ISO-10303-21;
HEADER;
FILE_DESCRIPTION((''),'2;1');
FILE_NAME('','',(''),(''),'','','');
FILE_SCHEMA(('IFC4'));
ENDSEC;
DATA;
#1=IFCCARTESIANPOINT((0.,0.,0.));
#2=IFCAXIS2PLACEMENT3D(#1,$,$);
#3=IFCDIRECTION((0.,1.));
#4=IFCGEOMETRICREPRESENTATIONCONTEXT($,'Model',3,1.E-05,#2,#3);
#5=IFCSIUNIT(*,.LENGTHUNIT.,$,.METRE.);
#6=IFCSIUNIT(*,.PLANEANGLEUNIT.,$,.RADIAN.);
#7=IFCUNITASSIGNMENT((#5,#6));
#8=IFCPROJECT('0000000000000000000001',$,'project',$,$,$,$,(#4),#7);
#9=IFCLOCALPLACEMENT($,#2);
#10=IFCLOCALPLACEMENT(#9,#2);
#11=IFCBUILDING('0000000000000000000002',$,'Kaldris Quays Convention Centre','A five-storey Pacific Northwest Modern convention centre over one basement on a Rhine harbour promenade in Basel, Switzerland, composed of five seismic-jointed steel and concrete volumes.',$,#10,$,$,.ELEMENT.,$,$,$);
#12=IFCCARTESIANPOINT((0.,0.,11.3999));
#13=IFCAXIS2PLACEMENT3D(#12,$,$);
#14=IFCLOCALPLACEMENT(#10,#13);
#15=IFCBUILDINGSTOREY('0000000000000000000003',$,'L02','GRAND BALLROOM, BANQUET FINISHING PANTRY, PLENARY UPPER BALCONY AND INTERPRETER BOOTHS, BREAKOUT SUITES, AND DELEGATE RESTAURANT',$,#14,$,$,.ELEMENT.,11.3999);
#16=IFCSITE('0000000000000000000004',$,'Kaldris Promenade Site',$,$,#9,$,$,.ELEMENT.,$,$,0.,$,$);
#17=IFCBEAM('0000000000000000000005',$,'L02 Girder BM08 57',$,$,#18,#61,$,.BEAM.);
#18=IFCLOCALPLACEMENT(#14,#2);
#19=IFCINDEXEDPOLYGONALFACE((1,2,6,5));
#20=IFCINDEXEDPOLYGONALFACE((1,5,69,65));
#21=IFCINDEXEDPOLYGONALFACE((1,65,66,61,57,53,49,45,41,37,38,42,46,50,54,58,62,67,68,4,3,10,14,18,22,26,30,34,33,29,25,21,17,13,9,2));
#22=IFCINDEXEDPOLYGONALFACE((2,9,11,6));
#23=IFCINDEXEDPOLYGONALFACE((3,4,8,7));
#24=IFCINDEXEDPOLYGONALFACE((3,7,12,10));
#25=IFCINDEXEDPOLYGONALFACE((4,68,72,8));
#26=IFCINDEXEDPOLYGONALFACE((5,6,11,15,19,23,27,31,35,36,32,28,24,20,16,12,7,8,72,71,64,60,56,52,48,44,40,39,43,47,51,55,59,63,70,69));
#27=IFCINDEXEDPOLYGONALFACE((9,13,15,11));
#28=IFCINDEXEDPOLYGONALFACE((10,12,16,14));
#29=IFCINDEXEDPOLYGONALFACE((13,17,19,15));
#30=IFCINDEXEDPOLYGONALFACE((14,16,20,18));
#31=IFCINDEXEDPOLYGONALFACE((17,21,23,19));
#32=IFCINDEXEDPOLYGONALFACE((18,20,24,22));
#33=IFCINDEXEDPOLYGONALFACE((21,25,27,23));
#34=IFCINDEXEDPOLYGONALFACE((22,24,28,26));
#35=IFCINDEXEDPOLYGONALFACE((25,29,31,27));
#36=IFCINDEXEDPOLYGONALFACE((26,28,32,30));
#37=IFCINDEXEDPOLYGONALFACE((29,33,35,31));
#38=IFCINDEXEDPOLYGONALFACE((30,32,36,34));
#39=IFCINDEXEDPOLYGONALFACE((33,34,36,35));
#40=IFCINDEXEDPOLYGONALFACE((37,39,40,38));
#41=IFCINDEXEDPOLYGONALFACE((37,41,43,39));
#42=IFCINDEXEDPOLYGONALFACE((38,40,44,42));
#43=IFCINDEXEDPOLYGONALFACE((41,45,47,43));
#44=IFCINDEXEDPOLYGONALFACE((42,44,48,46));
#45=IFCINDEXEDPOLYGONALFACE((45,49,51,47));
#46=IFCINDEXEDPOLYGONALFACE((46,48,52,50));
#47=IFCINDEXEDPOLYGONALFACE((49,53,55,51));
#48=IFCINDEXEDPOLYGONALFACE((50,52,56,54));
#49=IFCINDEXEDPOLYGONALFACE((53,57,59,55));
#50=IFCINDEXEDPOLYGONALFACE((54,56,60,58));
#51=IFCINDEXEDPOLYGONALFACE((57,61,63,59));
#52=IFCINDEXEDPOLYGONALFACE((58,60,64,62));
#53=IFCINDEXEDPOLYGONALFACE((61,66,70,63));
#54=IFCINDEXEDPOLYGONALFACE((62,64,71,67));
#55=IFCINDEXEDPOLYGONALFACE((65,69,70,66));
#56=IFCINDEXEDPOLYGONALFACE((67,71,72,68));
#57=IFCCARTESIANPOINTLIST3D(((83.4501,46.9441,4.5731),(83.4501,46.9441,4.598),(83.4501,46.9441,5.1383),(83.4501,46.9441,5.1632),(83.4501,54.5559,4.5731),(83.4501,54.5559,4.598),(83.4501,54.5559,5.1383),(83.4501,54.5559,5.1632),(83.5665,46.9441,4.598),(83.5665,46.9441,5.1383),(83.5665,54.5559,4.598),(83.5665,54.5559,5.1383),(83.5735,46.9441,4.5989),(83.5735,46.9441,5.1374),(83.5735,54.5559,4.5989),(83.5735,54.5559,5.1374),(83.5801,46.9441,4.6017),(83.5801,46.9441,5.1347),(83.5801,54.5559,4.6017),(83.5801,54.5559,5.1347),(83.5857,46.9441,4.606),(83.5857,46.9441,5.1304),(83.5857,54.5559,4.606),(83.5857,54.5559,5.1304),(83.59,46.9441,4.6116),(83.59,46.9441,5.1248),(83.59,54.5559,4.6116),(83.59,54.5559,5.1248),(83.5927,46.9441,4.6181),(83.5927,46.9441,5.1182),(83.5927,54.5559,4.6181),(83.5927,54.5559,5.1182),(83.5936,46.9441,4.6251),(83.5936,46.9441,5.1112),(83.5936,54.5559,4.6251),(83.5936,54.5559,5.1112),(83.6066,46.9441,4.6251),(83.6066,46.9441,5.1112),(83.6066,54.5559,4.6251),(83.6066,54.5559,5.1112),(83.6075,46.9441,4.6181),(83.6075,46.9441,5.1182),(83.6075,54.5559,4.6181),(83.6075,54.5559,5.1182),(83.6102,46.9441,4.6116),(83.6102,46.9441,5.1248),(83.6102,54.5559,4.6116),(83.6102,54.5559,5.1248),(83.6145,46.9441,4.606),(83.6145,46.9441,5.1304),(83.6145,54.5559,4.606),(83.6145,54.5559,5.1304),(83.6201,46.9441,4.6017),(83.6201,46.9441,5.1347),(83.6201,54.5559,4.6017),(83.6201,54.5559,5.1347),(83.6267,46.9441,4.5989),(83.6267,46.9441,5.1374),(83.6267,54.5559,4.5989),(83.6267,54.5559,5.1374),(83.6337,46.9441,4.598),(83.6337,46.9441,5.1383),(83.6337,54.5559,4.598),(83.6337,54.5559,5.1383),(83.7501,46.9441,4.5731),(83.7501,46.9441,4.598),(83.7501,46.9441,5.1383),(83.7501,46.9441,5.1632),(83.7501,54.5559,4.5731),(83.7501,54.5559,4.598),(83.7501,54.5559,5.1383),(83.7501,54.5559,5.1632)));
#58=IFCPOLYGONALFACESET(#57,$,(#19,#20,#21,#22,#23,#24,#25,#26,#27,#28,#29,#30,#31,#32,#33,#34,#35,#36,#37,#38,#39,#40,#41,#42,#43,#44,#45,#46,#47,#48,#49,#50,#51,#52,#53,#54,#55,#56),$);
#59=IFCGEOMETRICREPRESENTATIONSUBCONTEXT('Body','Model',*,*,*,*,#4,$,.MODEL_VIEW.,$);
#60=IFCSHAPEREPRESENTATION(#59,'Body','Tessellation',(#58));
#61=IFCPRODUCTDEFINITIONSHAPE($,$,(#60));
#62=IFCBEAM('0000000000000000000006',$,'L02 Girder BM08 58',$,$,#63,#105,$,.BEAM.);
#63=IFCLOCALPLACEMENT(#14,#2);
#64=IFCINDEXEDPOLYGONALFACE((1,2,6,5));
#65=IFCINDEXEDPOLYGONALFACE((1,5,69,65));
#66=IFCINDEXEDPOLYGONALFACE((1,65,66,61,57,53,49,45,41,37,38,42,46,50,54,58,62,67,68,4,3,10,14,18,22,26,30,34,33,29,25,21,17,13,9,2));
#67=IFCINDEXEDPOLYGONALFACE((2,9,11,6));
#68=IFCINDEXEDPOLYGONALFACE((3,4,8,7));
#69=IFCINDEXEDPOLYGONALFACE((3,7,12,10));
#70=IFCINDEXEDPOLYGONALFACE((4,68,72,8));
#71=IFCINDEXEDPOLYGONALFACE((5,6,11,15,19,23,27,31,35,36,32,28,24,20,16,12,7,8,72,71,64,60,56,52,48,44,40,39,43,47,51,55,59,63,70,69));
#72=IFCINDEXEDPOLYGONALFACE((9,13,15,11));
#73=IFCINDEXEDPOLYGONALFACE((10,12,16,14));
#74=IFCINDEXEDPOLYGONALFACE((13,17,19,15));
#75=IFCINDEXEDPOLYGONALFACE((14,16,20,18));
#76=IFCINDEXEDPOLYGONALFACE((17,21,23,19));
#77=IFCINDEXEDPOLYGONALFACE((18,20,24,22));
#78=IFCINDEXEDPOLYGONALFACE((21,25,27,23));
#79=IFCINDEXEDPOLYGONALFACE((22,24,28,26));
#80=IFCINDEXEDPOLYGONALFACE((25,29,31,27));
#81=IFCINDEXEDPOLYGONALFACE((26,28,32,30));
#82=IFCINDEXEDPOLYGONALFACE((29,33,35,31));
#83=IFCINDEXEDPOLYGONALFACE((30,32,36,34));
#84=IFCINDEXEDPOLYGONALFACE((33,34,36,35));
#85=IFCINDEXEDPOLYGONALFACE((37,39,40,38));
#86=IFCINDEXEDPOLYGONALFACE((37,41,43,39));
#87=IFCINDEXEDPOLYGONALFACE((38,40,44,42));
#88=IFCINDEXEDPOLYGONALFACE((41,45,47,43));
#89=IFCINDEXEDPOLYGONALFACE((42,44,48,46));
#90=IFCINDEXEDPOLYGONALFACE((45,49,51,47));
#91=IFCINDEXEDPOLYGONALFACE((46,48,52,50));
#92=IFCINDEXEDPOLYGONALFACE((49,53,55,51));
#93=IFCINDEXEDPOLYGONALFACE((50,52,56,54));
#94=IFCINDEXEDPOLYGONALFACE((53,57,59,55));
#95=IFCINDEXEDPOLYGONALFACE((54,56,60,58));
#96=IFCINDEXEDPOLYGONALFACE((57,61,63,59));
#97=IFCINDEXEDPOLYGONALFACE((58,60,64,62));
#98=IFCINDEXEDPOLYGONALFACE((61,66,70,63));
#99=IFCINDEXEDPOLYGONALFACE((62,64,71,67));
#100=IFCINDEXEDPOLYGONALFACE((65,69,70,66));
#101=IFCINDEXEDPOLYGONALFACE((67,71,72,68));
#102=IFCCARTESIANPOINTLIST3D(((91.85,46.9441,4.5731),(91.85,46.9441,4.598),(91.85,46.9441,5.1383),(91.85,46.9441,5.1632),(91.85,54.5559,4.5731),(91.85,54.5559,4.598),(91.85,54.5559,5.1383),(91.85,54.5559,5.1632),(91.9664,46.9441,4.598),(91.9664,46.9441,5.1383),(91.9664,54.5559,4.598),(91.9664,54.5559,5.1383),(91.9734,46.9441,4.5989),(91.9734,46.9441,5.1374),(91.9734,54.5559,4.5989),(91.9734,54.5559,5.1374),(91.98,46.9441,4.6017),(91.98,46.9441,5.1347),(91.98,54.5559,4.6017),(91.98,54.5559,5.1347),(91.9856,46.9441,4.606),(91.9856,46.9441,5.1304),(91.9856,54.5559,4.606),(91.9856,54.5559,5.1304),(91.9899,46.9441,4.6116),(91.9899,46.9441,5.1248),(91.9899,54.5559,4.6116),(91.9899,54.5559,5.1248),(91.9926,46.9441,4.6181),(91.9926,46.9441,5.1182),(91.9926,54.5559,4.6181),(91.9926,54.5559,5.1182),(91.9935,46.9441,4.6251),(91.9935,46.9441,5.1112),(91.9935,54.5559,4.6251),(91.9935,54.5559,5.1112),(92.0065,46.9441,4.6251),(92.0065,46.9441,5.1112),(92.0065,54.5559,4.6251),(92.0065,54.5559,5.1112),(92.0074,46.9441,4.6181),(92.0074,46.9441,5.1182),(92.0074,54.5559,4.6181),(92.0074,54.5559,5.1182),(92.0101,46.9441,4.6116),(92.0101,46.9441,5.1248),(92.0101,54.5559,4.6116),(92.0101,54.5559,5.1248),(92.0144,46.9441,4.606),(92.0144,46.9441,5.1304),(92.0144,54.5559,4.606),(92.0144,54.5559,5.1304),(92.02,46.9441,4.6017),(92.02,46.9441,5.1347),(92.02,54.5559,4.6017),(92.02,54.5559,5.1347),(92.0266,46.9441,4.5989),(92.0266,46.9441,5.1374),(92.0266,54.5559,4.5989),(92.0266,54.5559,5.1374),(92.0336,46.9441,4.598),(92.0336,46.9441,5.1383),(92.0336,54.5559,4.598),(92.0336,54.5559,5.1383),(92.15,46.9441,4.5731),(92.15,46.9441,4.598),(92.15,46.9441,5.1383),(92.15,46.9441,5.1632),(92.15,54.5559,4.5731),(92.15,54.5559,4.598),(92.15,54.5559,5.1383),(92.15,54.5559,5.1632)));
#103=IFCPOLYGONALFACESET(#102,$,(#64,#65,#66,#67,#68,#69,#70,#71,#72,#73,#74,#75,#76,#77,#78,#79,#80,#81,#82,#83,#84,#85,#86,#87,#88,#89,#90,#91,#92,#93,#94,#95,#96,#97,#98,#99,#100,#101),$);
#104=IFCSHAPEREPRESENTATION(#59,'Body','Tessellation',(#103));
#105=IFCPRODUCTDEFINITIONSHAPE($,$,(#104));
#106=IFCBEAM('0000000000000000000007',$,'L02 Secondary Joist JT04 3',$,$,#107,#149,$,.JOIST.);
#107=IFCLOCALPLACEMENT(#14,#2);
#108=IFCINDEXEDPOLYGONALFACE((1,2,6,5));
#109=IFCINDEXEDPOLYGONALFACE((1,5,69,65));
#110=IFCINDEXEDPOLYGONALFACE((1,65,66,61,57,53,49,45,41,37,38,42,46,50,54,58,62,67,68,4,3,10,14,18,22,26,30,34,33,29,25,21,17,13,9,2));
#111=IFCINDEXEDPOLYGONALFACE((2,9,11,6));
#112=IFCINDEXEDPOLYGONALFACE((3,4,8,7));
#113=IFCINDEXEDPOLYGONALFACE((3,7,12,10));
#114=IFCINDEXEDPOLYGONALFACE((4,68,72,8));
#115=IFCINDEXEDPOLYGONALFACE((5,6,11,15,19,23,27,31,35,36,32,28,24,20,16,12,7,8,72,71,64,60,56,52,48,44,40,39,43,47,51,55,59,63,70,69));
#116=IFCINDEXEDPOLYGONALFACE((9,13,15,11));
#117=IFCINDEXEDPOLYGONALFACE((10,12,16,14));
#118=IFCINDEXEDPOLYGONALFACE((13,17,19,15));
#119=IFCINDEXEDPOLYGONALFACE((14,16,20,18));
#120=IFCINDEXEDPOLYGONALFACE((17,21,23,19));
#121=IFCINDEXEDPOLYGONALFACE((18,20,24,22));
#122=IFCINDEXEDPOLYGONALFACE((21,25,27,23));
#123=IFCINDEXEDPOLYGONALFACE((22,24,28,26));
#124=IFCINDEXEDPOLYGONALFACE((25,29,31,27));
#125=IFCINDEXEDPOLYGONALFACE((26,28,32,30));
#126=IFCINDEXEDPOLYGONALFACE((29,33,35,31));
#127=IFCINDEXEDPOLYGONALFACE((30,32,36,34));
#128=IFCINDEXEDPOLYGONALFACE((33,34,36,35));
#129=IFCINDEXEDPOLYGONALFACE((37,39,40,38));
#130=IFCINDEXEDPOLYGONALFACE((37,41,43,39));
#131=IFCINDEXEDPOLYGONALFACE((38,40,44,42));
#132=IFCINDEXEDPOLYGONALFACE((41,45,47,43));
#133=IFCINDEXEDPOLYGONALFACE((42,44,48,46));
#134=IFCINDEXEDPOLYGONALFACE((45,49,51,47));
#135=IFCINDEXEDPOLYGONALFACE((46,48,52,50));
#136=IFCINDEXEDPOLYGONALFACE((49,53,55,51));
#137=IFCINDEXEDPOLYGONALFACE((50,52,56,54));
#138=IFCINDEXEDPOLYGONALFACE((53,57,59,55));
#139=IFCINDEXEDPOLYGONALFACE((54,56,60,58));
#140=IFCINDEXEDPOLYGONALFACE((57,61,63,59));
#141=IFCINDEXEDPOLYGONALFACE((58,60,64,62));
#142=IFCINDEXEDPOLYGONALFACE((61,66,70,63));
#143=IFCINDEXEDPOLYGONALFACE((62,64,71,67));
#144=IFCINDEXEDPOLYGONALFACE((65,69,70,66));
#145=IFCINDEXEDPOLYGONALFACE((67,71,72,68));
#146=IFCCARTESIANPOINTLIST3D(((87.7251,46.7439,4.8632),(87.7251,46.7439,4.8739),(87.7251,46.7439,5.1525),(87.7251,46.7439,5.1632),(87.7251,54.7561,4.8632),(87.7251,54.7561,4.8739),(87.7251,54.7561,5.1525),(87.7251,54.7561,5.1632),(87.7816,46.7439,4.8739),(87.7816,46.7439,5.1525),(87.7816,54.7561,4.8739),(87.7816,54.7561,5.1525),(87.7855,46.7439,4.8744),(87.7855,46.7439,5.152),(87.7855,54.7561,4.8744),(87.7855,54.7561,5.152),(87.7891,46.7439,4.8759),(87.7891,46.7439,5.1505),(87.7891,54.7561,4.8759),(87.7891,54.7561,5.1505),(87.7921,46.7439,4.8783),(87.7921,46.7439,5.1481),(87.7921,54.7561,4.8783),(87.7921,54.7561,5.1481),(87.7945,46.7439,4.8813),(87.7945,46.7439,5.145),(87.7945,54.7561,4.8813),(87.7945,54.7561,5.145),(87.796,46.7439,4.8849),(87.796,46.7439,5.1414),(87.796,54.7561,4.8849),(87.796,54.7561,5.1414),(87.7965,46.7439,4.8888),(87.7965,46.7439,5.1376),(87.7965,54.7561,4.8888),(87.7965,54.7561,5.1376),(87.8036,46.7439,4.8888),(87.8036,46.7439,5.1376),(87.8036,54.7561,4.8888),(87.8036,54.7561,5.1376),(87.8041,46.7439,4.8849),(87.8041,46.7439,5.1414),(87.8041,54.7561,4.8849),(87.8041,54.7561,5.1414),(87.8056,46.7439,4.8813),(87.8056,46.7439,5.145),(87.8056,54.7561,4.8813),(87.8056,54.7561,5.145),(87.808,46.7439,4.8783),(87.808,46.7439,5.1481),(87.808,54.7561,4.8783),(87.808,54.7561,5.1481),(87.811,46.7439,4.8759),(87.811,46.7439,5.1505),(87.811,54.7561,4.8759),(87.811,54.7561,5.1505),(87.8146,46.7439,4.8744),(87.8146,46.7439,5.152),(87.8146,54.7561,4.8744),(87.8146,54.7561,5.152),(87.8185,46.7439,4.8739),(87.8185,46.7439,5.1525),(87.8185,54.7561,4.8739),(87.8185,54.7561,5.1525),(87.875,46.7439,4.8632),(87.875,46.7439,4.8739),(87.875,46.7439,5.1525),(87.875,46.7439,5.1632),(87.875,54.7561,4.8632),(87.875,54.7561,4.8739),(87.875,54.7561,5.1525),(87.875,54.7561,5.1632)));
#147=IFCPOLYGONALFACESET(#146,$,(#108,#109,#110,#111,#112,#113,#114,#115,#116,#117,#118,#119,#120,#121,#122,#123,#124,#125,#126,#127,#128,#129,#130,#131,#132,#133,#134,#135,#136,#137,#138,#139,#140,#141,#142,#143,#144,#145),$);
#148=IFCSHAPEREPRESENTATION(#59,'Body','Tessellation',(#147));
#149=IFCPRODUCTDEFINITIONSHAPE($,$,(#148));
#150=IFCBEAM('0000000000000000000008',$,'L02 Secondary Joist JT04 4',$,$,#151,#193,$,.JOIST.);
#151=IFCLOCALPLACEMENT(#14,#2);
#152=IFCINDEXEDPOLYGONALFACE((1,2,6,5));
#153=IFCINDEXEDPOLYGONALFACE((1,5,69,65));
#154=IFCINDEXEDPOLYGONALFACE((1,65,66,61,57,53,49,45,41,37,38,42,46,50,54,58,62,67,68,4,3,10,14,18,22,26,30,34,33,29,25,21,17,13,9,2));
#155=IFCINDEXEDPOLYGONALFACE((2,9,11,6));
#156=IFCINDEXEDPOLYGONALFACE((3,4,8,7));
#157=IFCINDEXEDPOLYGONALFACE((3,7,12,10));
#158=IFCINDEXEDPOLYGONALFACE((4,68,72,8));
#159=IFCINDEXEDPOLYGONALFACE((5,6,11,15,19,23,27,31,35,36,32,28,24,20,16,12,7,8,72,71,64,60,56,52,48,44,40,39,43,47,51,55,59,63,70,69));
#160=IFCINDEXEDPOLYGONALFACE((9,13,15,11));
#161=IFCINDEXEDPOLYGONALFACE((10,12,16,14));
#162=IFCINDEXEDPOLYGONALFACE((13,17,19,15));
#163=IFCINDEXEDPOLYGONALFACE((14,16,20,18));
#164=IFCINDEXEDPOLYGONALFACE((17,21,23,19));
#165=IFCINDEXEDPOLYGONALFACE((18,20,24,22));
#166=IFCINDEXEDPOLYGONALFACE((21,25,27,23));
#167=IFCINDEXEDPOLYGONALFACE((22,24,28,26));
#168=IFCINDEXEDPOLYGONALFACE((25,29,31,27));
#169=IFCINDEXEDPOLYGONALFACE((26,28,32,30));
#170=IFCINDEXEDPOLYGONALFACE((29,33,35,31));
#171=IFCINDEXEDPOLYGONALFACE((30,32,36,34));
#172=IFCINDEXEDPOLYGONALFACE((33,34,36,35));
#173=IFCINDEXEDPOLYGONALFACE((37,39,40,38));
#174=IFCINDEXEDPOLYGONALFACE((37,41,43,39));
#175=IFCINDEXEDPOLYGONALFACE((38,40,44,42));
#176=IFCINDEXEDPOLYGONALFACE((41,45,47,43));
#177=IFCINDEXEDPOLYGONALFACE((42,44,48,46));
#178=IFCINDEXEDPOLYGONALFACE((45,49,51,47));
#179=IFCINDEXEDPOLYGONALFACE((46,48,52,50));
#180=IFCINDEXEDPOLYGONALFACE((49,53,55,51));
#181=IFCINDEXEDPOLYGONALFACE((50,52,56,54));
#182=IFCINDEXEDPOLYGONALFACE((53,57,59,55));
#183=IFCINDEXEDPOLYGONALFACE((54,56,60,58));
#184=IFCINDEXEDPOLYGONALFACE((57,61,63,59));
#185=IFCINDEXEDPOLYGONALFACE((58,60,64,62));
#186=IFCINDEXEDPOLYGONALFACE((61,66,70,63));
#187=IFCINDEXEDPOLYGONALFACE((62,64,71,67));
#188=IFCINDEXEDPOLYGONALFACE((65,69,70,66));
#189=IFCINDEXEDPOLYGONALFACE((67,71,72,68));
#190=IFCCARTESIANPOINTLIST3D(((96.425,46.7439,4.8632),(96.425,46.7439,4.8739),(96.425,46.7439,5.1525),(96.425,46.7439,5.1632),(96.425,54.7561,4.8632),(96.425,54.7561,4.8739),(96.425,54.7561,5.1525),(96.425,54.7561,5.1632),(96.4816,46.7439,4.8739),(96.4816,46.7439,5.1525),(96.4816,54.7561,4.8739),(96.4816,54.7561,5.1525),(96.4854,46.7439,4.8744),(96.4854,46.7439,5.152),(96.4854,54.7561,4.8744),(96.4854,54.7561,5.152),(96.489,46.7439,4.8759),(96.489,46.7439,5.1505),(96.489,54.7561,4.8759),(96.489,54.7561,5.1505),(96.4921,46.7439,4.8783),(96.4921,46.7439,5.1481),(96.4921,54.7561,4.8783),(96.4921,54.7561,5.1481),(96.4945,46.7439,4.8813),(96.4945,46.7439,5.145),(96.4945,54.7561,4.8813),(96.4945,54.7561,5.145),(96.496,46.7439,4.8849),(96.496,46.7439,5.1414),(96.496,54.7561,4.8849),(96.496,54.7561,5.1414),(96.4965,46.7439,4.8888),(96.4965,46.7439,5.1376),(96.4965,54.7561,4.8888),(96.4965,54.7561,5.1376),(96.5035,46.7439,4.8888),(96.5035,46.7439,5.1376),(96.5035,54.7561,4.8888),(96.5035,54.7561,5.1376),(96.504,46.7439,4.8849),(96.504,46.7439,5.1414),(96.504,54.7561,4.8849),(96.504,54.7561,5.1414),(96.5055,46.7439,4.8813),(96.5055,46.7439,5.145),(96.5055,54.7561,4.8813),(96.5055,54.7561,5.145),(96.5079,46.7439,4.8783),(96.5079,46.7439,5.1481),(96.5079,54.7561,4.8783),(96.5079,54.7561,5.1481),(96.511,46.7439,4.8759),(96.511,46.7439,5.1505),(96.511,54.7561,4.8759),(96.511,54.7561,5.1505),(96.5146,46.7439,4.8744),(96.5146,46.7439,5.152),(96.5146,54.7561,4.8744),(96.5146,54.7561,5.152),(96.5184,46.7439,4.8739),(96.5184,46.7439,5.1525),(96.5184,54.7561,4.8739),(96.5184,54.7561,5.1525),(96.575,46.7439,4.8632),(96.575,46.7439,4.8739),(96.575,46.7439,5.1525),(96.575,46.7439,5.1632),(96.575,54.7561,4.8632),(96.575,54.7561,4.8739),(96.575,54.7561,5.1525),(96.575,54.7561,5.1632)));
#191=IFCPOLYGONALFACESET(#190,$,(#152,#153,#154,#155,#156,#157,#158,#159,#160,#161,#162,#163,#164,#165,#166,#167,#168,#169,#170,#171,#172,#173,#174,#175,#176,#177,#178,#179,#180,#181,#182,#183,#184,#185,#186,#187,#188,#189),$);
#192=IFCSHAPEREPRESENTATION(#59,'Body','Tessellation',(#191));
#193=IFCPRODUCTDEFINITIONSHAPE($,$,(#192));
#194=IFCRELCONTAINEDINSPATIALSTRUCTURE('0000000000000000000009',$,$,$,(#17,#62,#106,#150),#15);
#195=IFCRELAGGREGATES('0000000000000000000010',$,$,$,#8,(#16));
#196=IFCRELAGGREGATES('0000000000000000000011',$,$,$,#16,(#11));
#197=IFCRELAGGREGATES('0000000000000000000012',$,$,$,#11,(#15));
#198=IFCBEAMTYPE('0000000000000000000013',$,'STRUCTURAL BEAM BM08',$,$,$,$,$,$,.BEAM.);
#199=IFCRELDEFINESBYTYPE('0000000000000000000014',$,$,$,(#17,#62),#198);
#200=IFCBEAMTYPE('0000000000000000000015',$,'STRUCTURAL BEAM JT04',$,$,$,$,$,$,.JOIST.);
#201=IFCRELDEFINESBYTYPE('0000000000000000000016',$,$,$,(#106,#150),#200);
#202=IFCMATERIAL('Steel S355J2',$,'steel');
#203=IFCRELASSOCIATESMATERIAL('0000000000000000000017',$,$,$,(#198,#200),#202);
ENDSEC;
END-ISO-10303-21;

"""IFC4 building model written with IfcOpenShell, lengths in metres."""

from ifc_helpers import new_model, si_unit, direction, frame, origin, origin_2d, place, context, subcontext, project, spatial, i_section, extrude, material, material_profile, profile_set, type_object, element, save


model = new_model("IFC4")

# Units and contexts
model_context = context("Model", 3, precision=1e-05, world=origin(), true_north=direction((0.0, 1.0)))
body_context = subcontext(model_context, "Body", "Model", "MODEL_VIEW")
ifc_project = project(units=[si_unit("LENGTHUNIT", "METRE"), si_unit("PLANEANGLEUNIT", "RADIAN")], contexts=[model_context])

# Site, building, storey
site_placement = place(None, origin())
site = spatial("IfcSite", under=ifc_project, at=site_placement, Name="Kaldris Promenade Site", CompositionType="ELEMENT", RefElevation=0.0)
building_placement = place(site_placement, origin())
building = spatial("IfcBuilding", under=site, at=building_placement, Name="Kaldris Quays Convention Centre", Description="A five-storey Pacific Northwest Modern convention centre over one basement on a Rhine harbour promenade in Basel, Switzerland, composed of five seismic-jointed steel and concrete volumes.", CompositionType="ELEMENT")
storey_placement = place(building_placement, frame((0.0, 0.0, 11.3999)))
storey = spatial("IfcBuildingStorey", under=building, at=storey_placement, Name="L02", Description="GRAND BALLROOM, BANQUET FINISHING PANTRY, PLENARY UPPER BALCONY AND INTERPRETER BOOTHS, BREAKOUT SUITES, AND DELEGATE RESTAURANT", CompositionType="ELEMENT", Elevation=11.3999)

# Shared definitions
ifc_material_1 = material(Name="Steel S355J2", Category="steel")

# Beams
ifc_material_profile_1 = material_profile(ifc_material_1, i_section(OverallWidth=0.3, OverallDepth=0.5901, WebThickness=0.0129, FlangeThickness=0.0249, FilletRadius=0.0271, at=origin_2d()), Name="HEA 600")
ifc_profile_set_1 = profile_set([ifc_material_profile_1], Name="Steel S355J2")
beam_type_1 = type_object("IfcBeamType", Name="STRUCTURAL BEAM BM08", PredefinedType="BEAM", material=ifc_profile_set_1)
for number, where, z_axis, x_axis, name in (
    (1, (83.6001, 46.9441, 4.8682), (0.0, 1.0, 0.0), (-1.0, 0.0, 0.0), "L02 Girder BM08 57"),
    (2, (92.0, 46.9441, 4.8682), (0.0, 1.0, 0.0), (-1.0, 0.0, 0.0), "L02 Girder BM08 58"),
):
    element("IfcBeam", number, at=place(storey_placement, frame(where, z_axis=z_axis, x_axis=x_axis)), inside=storey, type_object=beam_type_1, Name=name, PredefinedType="BEAM", context=body_context, shape_type="SweptSolid", body=[
        extrude(i_section(OverallWidth=0.3, OverallDepth=0.5901, WebThickness=0.0129, FlangeThickness=0.0249, FilletRadius=0.0271, at=origin_2d()), origin(), (0.0, 0.0, 1.0), 7.6118),
    ])
ifc_material_profile_2 = material_profile(ifc_material_1, i_section(OverallWidth=0.1499, OverallDepth=0.3, WebThickness=0.0071, FlangeThickness=0.0107, FilletRadius=0.0149, at=origin_2d()), Name="IPE 300")
ifc_profile_set_2 = profile_set([ifc_material_profile_2], Name="Steel S355J2")
beam_type_2 = type_object("IfcBeamType", Name="STRUCTURAL BEAM JT04", PredefinedType="JOIST", material=ifc_profile_set_2)
for number, where, z_axis, x_axis, name in (
    (3, (87.8, 46.7439, 5.0132), (0.0, 1.0, 0.0), (-1.0, 0.0, 0.0), "L02 Secondary Joist JT04 3"),
    (4, (96.5, 46.7439, 5.0132), (0.0, 1.0, 0.0), (-1.0, 0.0, 0.0), "L02 Secondary Joist JT04 4"),
):
    element("IfcBeam", number, at=place(storey_placement, frame(where, z_axis=z_axis, x_axis=x_axis)), inside=storey, type_object=beam_type_2, Name=name, PredefinedType="JOIST", context=body_context, shape_type="SweptSolid", body=[
        extrude(i_section(OverallWidth=0.1499, OverallDepth=0.3, WebThickness=0.0071, FlangeThickness=0.0107, FilletRadius=0.0149, at=origin_2d()), origin(), (0.0, 0.0, 1.0), 8.0122),
    ])

save(model, "model.ifc")
